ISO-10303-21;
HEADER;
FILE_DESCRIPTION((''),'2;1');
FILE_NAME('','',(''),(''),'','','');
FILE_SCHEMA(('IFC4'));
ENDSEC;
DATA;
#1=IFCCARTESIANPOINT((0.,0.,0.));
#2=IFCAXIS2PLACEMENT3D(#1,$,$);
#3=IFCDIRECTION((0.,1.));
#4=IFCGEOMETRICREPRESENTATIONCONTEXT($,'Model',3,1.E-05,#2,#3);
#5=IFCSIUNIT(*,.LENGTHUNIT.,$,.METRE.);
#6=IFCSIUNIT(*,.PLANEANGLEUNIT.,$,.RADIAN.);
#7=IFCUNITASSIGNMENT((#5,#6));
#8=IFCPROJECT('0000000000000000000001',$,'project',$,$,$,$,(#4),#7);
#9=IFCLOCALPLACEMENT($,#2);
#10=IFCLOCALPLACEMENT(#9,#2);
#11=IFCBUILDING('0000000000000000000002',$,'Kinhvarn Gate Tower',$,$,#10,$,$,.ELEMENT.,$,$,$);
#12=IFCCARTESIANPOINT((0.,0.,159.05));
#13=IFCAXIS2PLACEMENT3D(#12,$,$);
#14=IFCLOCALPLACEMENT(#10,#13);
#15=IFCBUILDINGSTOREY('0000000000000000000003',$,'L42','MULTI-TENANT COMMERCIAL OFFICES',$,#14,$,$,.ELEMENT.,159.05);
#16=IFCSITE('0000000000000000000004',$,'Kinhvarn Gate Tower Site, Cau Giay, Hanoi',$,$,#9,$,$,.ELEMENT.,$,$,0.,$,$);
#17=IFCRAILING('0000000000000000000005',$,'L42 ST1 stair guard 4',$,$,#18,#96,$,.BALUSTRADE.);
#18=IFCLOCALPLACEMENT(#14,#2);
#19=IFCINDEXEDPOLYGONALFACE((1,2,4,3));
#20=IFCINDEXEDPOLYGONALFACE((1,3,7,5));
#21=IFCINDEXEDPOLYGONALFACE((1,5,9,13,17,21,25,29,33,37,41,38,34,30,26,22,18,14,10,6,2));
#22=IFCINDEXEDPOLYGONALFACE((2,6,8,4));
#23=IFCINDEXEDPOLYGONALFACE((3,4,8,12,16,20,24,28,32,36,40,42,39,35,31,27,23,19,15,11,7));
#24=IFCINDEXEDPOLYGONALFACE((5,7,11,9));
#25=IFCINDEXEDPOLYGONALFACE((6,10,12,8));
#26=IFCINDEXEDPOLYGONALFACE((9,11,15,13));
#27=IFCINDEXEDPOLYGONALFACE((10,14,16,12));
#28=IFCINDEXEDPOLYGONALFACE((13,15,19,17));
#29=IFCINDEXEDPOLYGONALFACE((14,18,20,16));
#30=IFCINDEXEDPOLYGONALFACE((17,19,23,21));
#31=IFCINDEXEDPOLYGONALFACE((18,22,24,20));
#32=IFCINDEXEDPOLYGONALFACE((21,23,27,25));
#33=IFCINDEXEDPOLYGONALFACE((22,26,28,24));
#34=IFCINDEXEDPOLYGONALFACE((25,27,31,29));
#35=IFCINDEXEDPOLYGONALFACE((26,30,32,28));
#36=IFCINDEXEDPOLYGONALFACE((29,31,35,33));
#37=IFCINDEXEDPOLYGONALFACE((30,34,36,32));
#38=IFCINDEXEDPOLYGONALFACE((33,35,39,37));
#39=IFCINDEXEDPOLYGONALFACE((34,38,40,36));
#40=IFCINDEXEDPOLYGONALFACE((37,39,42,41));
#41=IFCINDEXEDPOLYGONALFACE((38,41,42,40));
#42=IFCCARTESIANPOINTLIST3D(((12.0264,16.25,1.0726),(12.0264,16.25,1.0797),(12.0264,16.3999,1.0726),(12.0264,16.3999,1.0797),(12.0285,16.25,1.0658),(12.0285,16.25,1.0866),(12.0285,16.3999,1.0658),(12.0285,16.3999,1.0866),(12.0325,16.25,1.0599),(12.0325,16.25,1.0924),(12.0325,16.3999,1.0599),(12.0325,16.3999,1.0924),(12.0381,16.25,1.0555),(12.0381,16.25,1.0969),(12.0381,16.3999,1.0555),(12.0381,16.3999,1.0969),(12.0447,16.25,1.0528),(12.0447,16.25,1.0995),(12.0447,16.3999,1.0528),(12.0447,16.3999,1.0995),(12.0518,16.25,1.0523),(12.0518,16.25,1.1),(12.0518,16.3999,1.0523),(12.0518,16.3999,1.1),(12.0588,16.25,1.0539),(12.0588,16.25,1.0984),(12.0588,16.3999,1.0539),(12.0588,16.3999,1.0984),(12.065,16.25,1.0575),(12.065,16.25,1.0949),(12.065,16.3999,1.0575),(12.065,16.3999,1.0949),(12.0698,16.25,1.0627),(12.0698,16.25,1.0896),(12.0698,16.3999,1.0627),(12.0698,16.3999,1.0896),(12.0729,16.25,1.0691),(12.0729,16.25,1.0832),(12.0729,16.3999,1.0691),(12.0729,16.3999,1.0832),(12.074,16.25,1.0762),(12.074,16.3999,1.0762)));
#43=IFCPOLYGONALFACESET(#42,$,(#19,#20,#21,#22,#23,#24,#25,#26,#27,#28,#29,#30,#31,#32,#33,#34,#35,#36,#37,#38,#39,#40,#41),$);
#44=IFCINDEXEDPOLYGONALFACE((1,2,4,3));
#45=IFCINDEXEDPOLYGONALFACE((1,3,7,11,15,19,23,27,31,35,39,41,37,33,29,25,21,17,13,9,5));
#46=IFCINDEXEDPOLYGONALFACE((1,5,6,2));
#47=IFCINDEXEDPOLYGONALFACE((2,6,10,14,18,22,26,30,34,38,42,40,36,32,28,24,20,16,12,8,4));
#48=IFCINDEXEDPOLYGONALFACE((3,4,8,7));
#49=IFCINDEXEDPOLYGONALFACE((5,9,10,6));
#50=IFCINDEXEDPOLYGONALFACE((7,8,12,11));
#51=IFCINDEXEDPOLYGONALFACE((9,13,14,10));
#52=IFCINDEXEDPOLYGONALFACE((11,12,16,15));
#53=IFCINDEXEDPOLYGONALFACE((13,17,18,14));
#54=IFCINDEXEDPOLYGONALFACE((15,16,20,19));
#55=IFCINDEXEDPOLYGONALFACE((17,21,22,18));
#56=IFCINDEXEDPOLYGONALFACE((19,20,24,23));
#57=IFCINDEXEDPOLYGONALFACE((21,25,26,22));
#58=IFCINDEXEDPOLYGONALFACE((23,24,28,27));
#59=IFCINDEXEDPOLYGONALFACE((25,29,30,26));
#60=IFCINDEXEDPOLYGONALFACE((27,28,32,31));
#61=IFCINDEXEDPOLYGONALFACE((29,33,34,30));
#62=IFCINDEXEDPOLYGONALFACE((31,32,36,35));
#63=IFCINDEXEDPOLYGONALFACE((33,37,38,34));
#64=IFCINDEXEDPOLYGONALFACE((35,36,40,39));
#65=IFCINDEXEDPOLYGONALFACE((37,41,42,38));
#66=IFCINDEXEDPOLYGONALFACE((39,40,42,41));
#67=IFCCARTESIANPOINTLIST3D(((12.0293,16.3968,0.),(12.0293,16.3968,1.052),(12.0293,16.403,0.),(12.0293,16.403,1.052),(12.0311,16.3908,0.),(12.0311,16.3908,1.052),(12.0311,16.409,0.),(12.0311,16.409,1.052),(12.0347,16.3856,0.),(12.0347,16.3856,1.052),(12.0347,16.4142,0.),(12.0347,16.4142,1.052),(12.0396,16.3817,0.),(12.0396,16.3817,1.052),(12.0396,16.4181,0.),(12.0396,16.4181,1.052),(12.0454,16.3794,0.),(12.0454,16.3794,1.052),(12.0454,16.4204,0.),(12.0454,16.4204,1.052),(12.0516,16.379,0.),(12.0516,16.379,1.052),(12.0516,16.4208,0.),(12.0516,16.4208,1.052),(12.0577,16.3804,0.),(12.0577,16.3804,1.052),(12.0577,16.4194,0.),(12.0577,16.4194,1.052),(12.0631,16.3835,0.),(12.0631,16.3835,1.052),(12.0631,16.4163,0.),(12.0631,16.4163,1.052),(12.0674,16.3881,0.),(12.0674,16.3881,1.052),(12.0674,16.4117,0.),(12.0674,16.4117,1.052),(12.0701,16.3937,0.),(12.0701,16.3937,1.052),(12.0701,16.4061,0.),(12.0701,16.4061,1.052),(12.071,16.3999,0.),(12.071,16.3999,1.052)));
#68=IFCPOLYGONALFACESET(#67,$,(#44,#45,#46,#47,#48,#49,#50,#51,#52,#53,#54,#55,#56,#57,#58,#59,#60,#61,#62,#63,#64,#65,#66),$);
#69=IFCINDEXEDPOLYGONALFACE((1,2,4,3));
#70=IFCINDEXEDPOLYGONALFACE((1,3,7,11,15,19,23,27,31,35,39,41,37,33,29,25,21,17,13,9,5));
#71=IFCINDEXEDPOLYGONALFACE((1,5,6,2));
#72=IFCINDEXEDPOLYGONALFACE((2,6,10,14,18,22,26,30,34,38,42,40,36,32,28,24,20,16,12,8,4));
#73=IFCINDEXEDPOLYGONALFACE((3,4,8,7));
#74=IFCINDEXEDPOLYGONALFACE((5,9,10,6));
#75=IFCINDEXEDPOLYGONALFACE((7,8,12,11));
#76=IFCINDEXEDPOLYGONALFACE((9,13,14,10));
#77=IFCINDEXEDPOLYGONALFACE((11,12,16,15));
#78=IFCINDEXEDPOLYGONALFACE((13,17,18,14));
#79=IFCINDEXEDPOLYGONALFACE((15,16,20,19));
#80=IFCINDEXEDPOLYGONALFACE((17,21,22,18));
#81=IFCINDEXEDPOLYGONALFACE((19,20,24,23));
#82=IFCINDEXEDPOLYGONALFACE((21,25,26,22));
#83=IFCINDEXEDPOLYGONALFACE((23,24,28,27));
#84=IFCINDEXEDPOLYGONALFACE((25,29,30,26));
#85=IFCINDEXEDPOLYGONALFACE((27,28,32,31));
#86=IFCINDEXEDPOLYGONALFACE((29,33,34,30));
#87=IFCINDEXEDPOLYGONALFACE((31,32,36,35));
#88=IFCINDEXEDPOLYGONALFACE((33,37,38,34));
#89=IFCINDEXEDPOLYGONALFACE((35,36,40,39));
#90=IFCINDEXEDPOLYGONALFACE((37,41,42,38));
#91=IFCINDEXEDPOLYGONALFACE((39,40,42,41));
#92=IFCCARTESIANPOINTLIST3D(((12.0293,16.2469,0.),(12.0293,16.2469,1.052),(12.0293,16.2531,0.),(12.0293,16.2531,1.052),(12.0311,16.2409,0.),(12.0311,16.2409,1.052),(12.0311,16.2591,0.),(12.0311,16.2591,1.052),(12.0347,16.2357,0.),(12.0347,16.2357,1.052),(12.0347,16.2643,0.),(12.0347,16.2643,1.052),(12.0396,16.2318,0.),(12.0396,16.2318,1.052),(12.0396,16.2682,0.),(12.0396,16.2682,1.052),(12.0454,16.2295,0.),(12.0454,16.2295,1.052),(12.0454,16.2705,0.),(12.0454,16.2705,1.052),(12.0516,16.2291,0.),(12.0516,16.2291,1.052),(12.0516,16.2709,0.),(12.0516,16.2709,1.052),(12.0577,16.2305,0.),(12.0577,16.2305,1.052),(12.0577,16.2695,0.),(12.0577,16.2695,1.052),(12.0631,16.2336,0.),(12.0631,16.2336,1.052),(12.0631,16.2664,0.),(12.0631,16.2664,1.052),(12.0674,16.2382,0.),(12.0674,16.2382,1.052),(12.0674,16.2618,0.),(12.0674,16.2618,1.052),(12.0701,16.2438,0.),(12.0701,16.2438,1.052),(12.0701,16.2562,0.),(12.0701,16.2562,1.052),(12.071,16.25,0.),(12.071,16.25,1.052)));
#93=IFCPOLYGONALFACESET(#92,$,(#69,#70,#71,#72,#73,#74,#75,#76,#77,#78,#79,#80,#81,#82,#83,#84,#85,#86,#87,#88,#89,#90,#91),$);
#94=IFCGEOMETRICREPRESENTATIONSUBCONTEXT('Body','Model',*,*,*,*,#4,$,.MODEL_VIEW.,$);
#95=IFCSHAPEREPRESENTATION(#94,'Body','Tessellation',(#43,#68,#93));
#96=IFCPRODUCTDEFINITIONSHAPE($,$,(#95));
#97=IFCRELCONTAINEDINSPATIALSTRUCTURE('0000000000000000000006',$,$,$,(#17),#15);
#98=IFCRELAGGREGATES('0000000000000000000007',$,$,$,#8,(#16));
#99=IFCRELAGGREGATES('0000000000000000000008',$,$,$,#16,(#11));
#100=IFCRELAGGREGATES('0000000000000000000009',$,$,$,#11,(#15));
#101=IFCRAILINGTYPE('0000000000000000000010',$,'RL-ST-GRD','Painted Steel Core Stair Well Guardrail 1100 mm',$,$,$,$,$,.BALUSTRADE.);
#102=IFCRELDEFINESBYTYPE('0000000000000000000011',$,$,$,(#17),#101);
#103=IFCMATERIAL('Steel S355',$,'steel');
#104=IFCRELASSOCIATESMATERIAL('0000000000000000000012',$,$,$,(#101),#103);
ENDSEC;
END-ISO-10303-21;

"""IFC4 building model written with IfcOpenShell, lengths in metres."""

from ifc_helpers import new_model, si_unit, direction, frame, origin, origin_2d, place, context, subcontext, project, spatial, circle, extrude, material, type_object, element, save


model = new_model("IFC4")

# Units and contexts
model_context = context("Model", 3, precision=1e-05, world=origin(), true_north=direction((0.0, 1.0)))
body_context = subcontext(model_context, "Body", "Model", "MODEL_VIEW")
ifc_project = project(units=[si_unit("LENGTHUNIT", "METRE"), si_unit("PLANEANGLEUNIT", "RADIAN")], contexts=[model_context])

# Site, building, storey
site_placement = place(None, origin())
site = spatial("IfcSite", under=ifc_project, at=site_placement, Name="Kinhvarn Gate Tower Site, Cau Giay, Hanoi", CompositionType="ELEMENT", RefElevation=0.0)
building_placement = place(site_placement, origin())
building = spatial("IfcBuilding", under=site, at=building_placement, Name="Kinhvarn Gate Tower", CompositionType="ELEMENT")
storey_placement = place(building_placement, frame((0.0, 0.0, 159.05)))
storey = spatial("IfcBuildingStorey", under=building, at=storey_placement, Name="L42", Description="MULTI-TENANT COMMERCIAL OFFICES", CompositionType="ELEMENT", Elevation=159.05)

# Shared definitions
ifc_material_1 = material(Name="Steel S355", Category="steel")

# Railing
railing_type_1 = type_object("IfcRailingType", Name="RL-ST-GRD", Description="Painted Steel Core Stair Well Guardrail 1100 mm", PredefinedType="BALUSTRADE", material=ifc_material_1)
railing_1_placement = place(storey_placement, frame((12.05, 16.3999, 0.0)))
element("IfcRailing", 1, at=railing_1_placement, inside=storey, type_object=railing_type_1, Name="L42 ST1 stair guard 4", PredefinedType="BALUSTRADE", context=body_context, shape_type="SweptSolid", body=[
    extrude(circle(Radius=0.0239, at=origin_2d()), frame((0.0, 0.0, 1.0762), z_axis=(0.0, -1.0, 0.0), x_axis=(1.0, 0.0, 0.0)), (0.0, 0.0, 1.0), 0.1499),
    extrude(circle(Radius=0.021, at=origin_2d()), origin(), (0.0, 0.0, 1.0), 1.052),
    extrude(circle(Radius=0.021, at=origin_2d()), frame((0.0, -0.1499, 0.0)), (0.0, 0.0, 1.0), 1.052),
])

save(model, "model.ifc")
